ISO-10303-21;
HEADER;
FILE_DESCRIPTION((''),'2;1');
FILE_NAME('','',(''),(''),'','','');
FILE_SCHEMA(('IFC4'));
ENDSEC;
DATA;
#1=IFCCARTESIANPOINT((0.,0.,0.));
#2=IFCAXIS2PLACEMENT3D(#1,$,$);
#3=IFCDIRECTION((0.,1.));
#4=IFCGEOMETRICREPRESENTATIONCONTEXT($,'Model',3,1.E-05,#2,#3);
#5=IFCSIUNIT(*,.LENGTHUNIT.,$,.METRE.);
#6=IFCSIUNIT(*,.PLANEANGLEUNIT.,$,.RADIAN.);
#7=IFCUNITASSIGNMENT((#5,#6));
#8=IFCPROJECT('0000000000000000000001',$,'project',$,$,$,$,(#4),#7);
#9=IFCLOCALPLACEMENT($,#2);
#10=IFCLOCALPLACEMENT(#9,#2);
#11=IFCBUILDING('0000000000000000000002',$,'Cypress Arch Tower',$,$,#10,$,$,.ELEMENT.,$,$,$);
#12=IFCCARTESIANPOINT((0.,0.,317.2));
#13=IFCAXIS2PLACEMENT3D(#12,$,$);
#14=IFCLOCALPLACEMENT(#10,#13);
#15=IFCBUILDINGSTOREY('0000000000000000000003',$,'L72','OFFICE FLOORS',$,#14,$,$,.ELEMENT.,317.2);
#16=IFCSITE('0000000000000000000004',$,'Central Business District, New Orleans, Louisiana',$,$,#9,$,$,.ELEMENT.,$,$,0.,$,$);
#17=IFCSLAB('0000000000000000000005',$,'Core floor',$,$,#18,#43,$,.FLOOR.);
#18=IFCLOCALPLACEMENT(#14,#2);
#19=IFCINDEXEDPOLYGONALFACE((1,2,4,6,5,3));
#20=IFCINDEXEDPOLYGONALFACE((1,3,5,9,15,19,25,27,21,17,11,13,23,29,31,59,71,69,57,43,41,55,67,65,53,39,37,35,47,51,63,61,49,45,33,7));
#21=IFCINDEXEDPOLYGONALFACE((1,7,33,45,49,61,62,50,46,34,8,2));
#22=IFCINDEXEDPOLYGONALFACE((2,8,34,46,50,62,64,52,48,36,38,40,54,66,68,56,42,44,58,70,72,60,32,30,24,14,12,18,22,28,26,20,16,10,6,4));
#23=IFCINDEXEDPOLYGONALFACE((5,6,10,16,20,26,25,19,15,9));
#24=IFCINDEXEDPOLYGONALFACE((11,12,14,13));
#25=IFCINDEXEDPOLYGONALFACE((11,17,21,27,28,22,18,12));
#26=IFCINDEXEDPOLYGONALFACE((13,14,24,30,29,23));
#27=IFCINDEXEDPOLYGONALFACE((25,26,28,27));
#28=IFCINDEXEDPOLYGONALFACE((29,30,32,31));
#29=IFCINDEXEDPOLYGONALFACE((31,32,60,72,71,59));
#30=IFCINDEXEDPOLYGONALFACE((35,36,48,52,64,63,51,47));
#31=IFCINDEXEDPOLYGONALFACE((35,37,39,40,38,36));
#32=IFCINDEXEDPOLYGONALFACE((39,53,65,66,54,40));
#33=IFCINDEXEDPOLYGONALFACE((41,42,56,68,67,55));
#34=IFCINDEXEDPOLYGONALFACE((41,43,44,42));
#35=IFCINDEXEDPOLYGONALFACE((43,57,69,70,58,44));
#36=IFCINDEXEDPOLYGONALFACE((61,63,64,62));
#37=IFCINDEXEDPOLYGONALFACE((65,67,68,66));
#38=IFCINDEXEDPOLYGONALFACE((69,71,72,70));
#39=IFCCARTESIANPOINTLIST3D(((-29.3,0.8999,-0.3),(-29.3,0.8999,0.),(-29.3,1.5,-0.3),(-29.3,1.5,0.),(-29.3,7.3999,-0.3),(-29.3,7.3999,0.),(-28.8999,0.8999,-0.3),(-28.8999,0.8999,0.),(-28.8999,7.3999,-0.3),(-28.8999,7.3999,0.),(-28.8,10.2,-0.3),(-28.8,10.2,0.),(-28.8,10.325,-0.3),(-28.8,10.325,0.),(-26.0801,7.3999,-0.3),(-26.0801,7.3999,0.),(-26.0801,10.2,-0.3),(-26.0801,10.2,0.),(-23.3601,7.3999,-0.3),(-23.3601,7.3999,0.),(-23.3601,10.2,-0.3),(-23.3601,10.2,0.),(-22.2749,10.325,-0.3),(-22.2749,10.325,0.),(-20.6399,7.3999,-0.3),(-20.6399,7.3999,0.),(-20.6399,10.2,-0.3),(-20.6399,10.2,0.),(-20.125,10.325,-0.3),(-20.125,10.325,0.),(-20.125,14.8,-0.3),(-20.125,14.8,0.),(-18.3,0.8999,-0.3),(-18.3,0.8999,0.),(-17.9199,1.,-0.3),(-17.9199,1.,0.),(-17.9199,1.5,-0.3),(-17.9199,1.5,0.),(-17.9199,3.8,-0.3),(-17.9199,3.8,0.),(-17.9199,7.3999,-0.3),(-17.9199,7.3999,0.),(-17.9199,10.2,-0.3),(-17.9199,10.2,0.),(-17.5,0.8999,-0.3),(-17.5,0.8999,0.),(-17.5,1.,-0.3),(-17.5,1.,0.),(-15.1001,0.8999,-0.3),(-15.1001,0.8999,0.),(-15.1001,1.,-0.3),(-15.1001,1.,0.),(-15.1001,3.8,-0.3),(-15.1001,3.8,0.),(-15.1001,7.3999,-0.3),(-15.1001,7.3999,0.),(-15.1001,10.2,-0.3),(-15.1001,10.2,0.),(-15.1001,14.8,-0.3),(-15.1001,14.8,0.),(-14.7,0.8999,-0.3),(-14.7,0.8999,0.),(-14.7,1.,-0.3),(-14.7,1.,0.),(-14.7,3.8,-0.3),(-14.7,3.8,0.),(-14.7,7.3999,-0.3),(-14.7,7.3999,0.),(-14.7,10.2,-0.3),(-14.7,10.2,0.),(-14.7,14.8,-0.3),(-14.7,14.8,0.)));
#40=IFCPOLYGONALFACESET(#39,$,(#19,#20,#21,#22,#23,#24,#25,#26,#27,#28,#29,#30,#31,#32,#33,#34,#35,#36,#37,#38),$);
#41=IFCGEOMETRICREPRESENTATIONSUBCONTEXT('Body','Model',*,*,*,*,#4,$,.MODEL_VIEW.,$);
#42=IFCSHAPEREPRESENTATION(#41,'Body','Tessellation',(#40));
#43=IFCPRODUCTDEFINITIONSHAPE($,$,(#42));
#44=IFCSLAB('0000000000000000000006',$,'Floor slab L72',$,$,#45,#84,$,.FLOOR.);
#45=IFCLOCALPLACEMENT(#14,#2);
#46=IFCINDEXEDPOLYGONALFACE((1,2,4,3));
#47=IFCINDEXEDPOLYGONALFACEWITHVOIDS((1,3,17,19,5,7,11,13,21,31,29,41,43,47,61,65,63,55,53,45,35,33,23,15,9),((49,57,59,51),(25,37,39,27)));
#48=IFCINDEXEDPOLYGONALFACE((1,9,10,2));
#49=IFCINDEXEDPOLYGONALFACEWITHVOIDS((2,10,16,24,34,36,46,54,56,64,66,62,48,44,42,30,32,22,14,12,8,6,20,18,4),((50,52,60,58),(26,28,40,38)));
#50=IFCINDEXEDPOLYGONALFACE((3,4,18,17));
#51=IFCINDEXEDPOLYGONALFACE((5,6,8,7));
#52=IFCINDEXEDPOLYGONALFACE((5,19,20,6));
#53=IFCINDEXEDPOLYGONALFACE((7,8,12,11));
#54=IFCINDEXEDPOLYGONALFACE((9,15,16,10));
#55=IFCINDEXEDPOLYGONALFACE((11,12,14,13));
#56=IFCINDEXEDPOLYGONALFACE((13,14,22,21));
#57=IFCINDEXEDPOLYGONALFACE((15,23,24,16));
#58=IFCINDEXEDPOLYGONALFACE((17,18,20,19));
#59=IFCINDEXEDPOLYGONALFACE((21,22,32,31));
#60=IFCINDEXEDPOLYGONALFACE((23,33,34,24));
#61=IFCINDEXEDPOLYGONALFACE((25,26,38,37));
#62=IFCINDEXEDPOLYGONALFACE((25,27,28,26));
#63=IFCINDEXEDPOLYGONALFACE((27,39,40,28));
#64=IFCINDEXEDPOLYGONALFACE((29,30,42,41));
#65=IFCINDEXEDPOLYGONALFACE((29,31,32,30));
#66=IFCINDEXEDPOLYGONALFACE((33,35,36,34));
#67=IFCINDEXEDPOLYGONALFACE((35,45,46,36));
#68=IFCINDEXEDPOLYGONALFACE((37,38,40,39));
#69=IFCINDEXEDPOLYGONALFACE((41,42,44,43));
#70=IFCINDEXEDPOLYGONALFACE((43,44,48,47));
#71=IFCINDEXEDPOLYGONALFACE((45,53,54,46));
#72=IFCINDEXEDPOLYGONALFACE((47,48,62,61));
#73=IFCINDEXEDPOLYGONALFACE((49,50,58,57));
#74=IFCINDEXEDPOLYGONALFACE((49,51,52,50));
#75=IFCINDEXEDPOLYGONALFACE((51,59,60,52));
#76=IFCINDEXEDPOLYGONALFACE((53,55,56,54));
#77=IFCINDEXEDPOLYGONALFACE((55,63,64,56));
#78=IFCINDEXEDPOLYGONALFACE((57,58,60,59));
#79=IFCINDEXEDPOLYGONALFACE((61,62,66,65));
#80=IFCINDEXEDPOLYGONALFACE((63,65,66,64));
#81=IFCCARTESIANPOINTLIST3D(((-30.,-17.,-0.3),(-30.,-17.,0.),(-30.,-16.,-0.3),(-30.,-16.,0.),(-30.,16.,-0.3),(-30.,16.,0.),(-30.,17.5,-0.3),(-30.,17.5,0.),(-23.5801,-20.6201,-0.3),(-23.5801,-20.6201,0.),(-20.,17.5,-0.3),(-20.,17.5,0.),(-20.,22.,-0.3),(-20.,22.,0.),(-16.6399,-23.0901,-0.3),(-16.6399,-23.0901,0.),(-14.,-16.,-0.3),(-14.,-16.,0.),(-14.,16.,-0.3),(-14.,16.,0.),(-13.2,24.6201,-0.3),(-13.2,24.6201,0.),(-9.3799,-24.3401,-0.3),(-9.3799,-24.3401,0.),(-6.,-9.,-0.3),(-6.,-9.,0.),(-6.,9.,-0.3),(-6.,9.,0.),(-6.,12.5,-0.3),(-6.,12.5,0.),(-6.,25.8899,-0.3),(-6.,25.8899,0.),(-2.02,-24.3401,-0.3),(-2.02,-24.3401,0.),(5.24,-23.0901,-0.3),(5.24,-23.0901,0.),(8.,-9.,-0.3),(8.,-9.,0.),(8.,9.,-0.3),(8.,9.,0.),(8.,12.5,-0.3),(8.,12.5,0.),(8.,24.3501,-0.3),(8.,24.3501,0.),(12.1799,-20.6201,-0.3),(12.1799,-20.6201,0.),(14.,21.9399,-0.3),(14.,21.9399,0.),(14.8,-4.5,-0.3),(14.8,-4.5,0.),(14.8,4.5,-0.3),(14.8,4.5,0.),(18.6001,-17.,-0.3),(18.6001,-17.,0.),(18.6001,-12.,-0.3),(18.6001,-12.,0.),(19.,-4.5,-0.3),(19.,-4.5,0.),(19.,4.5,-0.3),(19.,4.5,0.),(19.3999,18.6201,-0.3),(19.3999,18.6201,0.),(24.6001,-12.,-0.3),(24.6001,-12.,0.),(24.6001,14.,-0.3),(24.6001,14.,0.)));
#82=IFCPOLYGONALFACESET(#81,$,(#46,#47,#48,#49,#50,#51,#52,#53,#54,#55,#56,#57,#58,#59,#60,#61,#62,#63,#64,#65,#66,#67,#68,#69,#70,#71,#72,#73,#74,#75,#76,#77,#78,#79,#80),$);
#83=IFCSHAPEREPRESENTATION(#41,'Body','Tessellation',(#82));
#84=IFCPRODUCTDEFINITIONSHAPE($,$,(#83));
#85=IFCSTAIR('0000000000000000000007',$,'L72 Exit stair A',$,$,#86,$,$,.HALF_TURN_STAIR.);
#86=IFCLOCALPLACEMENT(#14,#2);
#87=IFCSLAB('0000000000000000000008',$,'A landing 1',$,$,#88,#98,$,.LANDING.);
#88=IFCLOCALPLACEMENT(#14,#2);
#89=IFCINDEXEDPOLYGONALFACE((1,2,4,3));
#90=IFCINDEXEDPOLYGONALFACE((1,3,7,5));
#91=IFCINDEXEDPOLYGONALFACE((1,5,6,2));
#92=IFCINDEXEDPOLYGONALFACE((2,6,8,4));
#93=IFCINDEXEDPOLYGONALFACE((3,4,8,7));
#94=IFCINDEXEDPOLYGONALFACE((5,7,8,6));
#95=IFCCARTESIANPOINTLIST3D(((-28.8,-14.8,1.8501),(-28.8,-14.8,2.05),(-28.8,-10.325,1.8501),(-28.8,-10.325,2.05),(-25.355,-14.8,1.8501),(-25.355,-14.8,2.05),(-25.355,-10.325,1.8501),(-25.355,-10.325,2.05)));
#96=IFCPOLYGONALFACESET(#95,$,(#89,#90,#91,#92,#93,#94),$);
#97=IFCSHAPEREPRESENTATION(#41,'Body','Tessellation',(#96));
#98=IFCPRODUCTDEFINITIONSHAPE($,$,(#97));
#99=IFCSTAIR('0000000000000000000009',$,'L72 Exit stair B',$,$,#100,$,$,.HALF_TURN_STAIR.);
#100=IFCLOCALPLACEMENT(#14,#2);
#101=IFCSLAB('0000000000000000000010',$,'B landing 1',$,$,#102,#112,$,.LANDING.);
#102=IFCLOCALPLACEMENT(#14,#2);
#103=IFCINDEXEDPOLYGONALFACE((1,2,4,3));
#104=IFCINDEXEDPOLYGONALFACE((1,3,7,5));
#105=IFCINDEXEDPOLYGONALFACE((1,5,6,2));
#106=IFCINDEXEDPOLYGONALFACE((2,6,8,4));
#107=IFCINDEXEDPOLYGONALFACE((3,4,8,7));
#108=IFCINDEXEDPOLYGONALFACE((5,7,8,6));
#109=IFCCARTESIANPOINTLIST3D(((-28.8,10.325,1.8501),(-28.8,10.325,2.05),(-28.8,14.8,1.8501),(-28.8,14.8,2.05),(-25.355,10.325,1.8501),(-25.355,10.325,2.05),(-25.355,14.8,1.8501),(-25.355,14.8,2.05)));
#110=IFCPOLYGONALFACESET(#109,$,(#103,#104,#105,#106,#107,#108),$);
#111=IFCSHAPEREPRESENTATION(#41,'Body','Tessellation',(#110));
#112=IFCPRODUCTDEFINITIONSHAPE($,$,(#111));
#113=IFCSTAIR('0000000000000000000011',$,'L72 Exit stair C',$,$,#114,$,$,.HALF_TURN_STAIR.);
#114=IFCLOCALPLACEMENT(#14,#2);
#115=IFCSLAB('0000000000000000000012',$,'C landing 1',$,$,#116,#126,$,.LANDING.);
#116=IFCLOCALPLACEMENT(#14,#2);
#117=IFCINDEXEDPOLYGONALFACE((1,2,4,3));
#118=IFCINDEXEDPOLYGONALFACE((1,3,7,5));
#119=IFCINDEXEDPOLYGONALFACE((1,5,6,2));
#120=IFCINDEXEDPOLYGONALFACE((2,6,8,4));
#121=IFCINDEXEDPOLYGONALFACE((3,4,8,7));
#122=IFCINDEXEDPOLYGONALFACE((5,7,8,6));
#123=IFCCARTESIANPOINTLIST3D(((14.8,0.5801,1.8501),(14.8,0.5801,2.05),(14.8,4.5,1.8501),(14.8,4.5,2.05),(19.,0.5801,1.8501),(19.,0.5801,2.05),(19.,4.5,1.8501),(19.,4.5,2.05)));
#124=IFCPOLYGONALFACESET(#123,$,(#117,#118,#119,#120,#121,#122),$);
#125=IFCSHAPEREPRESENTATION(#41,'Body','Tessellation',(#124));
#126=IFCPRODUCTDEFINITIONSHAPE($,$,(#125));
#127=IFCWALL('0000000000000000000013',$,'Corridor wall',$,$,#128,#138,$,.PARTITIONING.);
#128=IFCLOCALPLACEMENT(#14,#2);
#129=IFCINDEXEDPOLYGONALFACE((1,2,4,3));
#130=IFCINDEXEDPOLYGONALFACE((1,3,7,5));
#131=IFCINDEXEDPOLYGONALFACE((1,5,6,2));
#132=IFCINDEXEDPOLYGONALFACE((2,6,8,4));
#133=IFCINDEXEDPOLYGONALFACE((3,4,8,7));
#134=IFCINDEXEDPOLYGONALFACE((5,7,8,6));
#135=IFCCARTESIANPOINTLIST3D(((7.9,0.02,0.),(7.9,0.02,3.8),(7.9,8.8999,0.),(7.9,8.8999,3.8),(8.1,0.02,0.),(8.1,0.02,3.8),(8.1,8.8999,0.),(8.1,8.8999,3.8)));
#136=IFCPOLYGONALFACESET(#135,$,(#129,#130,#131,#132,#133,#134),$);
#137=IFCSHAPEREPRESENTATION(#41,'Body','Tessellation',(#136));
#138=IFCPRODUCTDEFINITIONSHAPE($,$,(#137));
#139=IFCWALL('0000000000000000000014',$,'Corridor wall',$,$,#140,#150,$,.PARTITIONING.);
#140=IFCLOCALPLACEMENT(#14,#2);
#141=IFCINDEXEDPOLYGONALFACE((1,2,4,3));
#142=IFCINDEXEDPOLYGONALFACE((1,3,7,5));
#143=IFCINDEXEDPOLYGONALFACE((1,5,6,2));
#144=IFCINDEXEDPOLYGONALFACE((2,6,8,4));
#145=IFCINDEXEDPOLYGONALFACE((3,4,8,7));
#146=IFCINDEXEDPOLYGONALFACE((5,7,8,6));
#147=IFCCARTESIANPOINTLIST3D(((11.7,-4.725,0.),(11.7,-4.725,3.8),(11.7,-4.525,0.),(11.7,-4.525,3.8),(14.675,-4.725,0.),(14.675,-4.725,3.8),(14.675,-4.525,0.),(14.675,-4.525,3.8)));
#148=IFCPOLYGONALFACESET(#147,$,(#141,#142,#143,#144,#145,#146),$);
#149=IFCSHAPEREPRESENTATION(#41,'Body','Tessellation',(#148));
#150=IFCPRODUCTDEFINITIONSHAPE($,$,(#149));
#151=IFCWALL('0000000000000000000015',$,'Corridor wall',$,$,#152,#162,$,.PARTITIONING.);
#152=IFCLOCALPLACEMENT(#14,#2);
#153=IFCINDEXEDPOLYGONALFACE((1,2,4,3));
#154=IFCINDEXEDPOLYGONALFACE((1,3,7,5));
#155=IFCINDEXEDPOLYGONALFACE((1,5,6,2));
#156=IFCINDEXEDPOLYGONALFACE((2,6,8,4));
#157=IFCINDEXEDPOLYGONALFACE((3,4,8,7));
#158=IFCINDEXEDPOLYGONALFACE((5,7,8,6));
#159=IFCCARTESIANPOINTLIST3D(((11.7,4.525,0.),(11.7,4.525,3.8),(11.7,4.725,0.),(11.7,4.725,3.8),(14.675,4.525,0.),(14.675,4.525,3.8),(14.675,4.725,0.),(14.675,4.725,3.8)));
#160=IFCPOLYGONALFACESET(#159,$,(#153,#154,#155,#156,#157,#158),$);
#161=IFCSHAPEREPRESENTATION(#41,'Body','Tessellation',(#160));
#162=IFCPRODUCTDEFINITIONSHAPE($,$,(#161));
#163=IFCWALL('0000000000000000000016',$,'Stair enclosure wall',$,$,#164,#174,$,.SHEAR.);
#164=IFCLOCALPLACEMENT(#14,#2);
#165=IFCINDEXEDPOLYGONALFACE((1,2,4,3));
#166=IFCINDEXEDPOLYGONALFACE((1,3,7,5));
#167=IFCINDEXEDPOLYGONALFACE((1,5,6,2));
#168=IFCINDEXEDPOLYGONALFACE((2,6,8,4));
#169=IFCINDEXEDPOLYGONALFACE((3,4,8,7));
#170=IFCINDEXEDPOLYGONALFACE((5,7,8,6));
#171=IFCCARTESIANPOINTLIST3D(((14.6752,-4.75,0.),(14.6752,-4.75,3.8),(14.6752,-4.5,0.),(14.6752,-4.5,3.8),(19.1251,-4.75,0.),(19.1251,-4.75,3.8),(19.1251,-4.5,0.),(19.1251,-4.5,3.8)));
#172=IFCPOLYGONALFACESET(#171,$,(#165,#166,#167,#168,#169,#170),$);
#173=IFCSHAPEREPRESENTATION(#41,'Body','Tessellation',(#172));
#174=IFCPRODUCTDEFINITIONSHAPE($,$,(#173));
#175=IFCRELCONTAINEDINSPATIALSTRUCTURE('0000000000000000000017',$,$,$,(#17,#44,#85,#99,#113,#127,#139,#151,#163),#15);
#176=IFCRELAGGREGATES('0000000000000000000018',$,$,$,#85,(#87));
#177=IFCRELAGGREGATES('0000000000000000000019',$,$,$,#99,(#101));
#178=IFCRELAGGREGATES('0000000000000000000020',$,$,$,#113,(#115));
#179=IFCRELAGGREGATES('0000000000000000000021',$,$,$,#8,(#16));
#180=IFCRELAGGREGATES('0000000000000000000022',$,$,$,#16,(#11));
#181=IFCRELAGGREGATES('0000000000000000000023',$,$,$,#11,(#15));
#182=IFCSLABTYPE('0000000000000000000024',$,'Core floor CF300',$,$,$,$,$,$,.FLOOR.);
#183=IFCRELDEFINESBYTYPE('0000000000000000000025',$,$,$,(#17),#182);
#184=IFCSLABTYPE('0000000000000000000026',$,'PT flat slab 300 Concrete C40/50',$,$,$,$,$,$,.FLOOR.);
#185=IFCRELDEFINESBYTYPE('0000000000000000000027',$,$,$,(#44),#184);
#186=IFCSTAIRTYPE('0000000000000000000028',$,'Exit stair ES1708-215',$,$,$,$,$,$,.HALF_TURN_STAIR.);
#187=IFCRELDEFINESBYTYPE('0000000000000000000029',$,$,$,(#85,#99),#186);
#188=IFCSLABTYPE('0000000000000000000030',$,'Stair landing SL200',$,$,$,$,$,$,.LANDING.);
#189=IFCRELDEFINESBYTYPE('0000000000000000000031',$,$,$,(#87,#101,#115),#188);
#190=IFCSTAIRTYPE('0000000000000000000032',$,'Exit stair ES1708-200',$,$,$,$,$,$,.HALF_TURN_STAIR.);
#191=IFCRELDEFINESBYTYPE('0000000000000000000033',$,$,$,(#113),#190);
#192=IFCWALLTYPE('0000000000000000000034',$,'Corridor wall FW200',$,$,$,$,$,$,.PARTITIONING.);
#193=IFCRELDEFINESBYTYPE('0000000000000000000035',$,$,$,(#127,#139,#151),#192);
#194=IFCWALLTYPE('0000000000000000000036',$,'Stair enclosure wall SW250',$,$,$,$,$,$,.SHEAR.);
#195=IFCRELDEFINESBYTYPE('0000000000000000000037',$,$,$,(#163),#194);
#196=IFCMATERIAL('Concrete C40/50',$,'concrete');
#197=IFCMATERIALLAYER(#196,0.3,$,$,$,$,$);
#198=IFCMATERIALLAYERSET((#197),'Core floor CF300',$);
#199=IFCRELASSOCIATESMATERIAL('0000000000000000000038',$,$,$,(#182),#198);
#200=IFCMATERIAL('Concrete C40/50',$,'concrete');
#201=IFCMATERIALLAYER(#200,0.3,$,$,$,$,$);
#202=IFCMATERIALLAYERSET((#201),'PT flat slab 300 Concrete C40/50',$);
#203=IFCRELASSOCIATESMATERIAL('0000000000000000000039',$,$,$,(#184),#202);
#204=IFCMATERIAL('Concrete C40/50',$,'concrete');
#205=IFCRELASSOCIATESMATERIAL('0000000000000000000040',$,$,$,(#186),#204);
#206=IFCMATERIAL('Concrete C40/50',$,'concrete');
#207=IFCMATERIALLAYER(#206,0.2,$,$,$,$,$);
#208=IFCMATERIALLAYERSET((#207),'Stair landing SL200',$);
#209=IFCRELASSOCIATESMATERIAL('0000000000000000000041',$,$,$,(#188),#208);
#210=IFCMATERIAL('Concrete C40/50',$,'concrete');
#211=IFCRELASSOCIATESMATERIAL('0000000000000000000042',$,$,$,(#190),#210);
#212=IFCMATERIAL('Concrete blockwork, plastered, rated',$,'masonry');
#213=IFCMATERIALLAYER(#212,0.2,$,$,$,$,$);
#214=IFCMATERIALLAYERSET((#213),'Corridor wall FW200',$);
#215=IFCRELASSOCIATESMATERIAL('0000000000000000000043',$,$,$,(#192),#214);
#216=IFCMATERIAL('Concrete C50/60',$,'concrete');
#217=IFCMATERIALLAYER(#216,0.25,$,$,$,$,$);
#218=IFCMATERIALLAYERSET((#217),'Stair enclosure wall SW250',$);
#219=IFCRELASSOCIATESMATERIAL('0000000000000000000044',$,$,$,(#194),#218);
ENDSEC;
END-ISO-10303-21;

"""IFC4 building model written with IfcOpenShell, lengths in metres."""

from ifc_helpers import new_model, si_unit, direction, frame, frame_2d, origin, place, context, subcontext, project, spatial, polyline, rectangle, outline, extrude, material, layer, layer_set, type_object, element, aggregate, save


model = new_model("IFC4")

# Units and contexts
model_context = context("Model", 3, precision=1e-05, world=origin(), true_north=direction((0.0, 1.0)))
body_context = subcontext(model_context, "Body", "Model", "MODEL_VIEW")
ifc_project = project(units=[si_unit("LENGTHUNIT", "METRE"), si_unit("PLANEANGLEUNIT", "RADIAN")], contexts=[model_context])

# Site, building, storey
site_placement = place(None, origin())
site = spatial("IfcSite", under=ifc_project, at=site_placement, Name="Central Business District, New Orleans, Louisiana", CompositionType="ELEMENT", RefElevation=0.0)
building_placement = place(site_placement, origin())
building = spatial("IfcBuilding", under=site, at=building_placement, Name="Cypress Arch Tower", CompositionType="ELEMENT")
storey_placement = place(building_placement, frame((0.0, 0.0, 317.2)))
storey = spatial("IfcBuildingStorey", under=building, at=storey_placement, Name="L72", Description="OFFICE FLOORS", CompositionType="ELEMENT", Elevation=317.2)

# Slabs
ifc_material_1 = material(Name="Concrete C40/50", Category="concrete")
ifc_layer_1 = layer(ifc_material_1, 0.3)
ifc_layer_set_1 = layer_set([ifc_layer_1], Name="Core floor CF300")
slab_type_1 = type_object("IfcSlabType", Name="Core floor CF300", PredefinedType="FLOOR", material=ifc_layer_set_1)
slab_1_placement = place(storey_placement, frame((0.0, 0.0, -0.3)))
element("IfcSlab", 1, at=slab_1_placement, inside=storey, type_object=slab_type_1, Name="Core floor", PredefinedType="FLOOR", context=body_context, shape_type="SweptSolid", body=[
    extrude(outline(polyline([(-20.6399, 10.2), (-23.3601, 10.2), (-26.0801, 10.2), (-28.8, 10.2), (-28.8, 10.325), (-22.2749, 10.325), (-20.125, 10.325), (-20.125, 14.8), (-15.1001, 14.8), (-14.7, 14.8), (-14.7, 10.2), (-15.1001, 10.2), (-17.9199, 10.2), (-17.9199, 7.3999), (-15.1001, 7.3999), (-14.7, 7.3999), (-14.7, 3.8), (-15.1001, 3.8), (-17.9199, 3.8), (-17.9199, 1.5), (-17.9199, 1.0), (-17.5, 1.0), (-15.1001, 1.0), (-14.7, 1.0), (-14.7, 0.8999), (-15.1001, 0.8999), (-17.5, 0.8999), (-18.3, 0.8999), (-28.8999, 0.8999), (-29.3, 0.8999), (-29.3, 1.5), (-29.3, 7.3999), (-28.8999, 7.3999), (-26.0801, 7.3999), (-23.3601, 7.3999), (-20.6399, 7.3999), (-20.6399, 10.2)])), origin(), (0.0, 0.0, 1.0), 0.3),
])
ifc_material_2 = material(Name="Concrete C40/50", Category="concrete")
ifc_layer_2 = layer(ifc_material_2, 0.3)
ifc_layer_set_2 = layer_set([ifc_layer_2], Name="PT flat slab 300 Concrete C40/50")
slab_type_2 = type_object("IfcSlabType", Name="PT flat slab 300 Concrete C40/50", PredefinedType="FLOOR", material=ifc_layer_set_2)
slab_2_placement = place(storey_placement, frame((0.0, 0.0, -0.3)))
element("IfcSlab", 2, at=slab_2_placement, inside=storey, type_object=slab_type_2, Name="Floor slab L72", PredefinedType="FLOOR", context=body_context, shape_type="SweptSolid", body=[
    extrude(outline(polyline([(-30.0, 17.5), (-20.0, 17.5), (-20.0, 22.0), (-13.2, 24.6201), (-6.0, 25.8899), (-6.0, 12.5), (8.0, 12.5), (8.0, 24.3501), (14.0, 21.9399), (19.3999, 18.6201), (24.6001, 14.0), (24.6001, -12.0), (18.6001, -12.0), (18.6001, -17.0), (12.1799, -20.6201), (5.24, -23.0901), (-2.02, -24.3401), (-9.3799, -24.3401), (-16.6399, -23.0901), (-23.5801, -20.6201), (-30.0, -17.0), (-30.0, -16.0), (-14.0, -16.0), (-14.0, 16.0), (-30.0, 16.0), (-30.0, 17.5)]), holes=[polyline([(-6.0, -9.0), (8.0, -9.0), (8.0, 9.0), (-6.0, 9.0), (-6.0, -9.0)]), polyline([(14.8, -4.5), (19.0, -4.5), (19.0, 4.5), (14.8, 4.5), (14.8, -4.5)])]), origin(), (0.0, 0.0, 1.0), 0.3),
])

# Stairs, slabs
ifc_material_3 = material(Name="Concrete C40/50", Category="concrete")
stair_type_1 = type_object("IfcStairType", Name="Exit stair ES1708-215", PredefinedType="HALF_TURN_STAIR", material=ifc_material_3)
stair_1_placement = place(storey_placement, origin())
stair_1 = element("IfcStair", 3, at=stair_1_placement, inside=storey, type_object=stair_type_1, Name="L72 Exit stair A", PredefinedType="HALF_TURN_STAIR")
ifc_material_4 = material(Name="Concrete C40/50", Category="concrete")
ifc_layer_3 = layer(ifc_material_4, 0.2)
ifc_layer_set_3 = layer_set([ifc_layer_3], Name="Stair landing SL200")
slab_type_3 = type_object("IfcSlabType", Name="Stair landing SL200", PredefinedType="LANDING", material=ifc_layer_set_3)
slab_3_placement = place(storey_placement, frame((0.0, 0.0, 1.8501)))
slab_3 = element("IfcSlab", 4, at=slab_3_placement, type_object=slab_type_3, Name="A landing 1", PredefinedType="LANDING", context=body_context, shape_type="SweptSolid", body=[
    extrude(outline(polyline([(-25.355, -10.325), (-28.8, -10.325), (-28.8, -14.8), (-25.355, -14.8), (-25.355, -10.325)])), origin(), (0.0, 0.0, 1.0), 0.2),
])
aggregate(stair_1, [slab_3])
stair_2_placement = place(storey_placement, origin())
stair_2 = element("IfcStair", 5, at=stair_2_placement, inside=storey, type_object=stair_type_1, Name="L72 Exit stair B", PredefinedType="HALF_TURN_STAIR")
slab_4_placement = place(storey_placement, frame((0.0, 0.0, 1.8501)))
slab_4 = element("IfcSlab", 6, at=slab_4_placement, type_object=slab_type_3, Name="B landing 1", PredefinedType="LANDING", context=body_context, shape_type="SweptSolid", body=[
    extrude(outline(polyline([(-25.355, 14.8), (-28.8, 14.8), (-28.8, 10.325), (-25.355, 10.325), (-25.355, 14.8)])), origin(), (0.0, 0.0, 1.0), 0.2),
])
aggregate(stair_2, [slab_4])
ifc_material_5 = material(Name="Concrete C40/50", Category="concrete")
stair_type_2 = type_object("IfcStairType", Name="Exit stair ES1708-200", PredefinedType="HALF_TURN_STAIR", material=ifc_material_5)
stair_3_placement = place(storey_placement, origin())
stair_3 = element("IfcStair", 7, at=stair_3_placement, inside=storey, type_object=stair_type_2, Name="L72 Exit stair C", PredefinedType="HALF_TURN_STAIR")
slab_5_placement = place(storey_placement, frame((0.0, 0.0, 1.8501)))
slab_5 = element("IfcSlab", 8, at=slab_5_placement, type_object=slab_type_3, Name="C landing 1", PredefinedType="LANDING", context=body_context, shape_type="SweptSolid", body=[
    extrude(outline(polyline([(19.0, 0.5801), (19.0, 4.5), (14.8, 4.5), (14.8, 0.5801), (19.0, 0.5801)])), origin(), (0.0, 0.0, 1.0), 0.2),
])
aggregate(stair_3, [slab_5])

# Walls
ifc_material_6 = material(Name="Concrete blockwork, plastered, rated", Category="masonry")
ifc_layer_4 = layer(ifc_material_6, 0.2)
ifc_layer_set_4 = layer_set([ifc_layer_4], Name="Corridor wall FW200")
wall_type_1 = type_object("IfcWallType", Name="Corridor wall FW200", PredefinedType="PARTITIONING", material=ifc_layer_set_4)
wall_1_placement = place(storey_placement, frame((8.0, 0.02, 0.0), z_axis=(0.0, 0.0, 1.0), x_axis=(0.0, 1.0, 0.0)))
element("IfcWall", 9, at=wall_1_placement, inside=storey, type_object=wall_type_1, Name="Corridor wall", PredefinedType="PARTITIONING", context=body_context, shape_type="SweptSolid", body=[
    extrude(rectangle(XDim=8.8799, YDim=0.2, at=frame_2d((4.4399, 0.0))), origin(), (0.0, 0.0, 1.0), 3.8),
])
for number, where, z_axis, x_axis, name in (
    (10, (11.7, -4.625, 0.0), (0.0, 0.0, 1.0), (1.0, 0.0, 0.0), "Corridor wall"),
    (11, (11.7, 4.625, 0.0), (0.0, 0.0, 1.0), (1.0, 0.0, 0.0), "Corridor wall"),
):
    element("IfcWall", number, at=place(storey_placement, frame(where, z_axis=z_axis, x_axis=x_axis)), inside=storey, type_object=wall_type_1, Name=name, PredefinedType="PARTITIONING", context=body_context, shape_type="SweptSolid", body=[
        extrude(rectangle(XDim=2.9751, YDim=0.2, at=frame_2d((1.4875, 0.0))), origin(), (0.0, 0.0, 1.0), 3.8),
    ])
ifc_material_7 = material(Name="Concrete C50/60", Category="concrete")
ifc_layer_5 = layer(ifc_material_7, 0.25)
ifc_layer_set_5 = layer_set([ifc_layer_5], Name="Stair enclosure wall SW250")
wall_type_2 = type_object("IfcWallType", Name="Stair enclosure wall SW250", PredefinedType="SHEAR", material=ifc_layer_set_5)
wall_2_placement = place(storey_placement, frame((14.675, -4.625, 0.0), z_axis=(0.0, 0.0, 1.0), x_axis=(1.0, 0.0, 0.0)))
element("IfcWall", 12, at=wall_2_placement, inside=storey, type_object=wall_type_2, Name="Stair enclosure wall", PredefinedType="SHEAR", context=body_context, shape_type="SweptSolid", body=[
    extrude(rectangle(XDim=4.45, YDim=0.25, at=frame_2d((2.2251, 0.0))), origin(), (0.0, 0.0, 1.0), 3.8),
])

save(model, "model.ifc")
